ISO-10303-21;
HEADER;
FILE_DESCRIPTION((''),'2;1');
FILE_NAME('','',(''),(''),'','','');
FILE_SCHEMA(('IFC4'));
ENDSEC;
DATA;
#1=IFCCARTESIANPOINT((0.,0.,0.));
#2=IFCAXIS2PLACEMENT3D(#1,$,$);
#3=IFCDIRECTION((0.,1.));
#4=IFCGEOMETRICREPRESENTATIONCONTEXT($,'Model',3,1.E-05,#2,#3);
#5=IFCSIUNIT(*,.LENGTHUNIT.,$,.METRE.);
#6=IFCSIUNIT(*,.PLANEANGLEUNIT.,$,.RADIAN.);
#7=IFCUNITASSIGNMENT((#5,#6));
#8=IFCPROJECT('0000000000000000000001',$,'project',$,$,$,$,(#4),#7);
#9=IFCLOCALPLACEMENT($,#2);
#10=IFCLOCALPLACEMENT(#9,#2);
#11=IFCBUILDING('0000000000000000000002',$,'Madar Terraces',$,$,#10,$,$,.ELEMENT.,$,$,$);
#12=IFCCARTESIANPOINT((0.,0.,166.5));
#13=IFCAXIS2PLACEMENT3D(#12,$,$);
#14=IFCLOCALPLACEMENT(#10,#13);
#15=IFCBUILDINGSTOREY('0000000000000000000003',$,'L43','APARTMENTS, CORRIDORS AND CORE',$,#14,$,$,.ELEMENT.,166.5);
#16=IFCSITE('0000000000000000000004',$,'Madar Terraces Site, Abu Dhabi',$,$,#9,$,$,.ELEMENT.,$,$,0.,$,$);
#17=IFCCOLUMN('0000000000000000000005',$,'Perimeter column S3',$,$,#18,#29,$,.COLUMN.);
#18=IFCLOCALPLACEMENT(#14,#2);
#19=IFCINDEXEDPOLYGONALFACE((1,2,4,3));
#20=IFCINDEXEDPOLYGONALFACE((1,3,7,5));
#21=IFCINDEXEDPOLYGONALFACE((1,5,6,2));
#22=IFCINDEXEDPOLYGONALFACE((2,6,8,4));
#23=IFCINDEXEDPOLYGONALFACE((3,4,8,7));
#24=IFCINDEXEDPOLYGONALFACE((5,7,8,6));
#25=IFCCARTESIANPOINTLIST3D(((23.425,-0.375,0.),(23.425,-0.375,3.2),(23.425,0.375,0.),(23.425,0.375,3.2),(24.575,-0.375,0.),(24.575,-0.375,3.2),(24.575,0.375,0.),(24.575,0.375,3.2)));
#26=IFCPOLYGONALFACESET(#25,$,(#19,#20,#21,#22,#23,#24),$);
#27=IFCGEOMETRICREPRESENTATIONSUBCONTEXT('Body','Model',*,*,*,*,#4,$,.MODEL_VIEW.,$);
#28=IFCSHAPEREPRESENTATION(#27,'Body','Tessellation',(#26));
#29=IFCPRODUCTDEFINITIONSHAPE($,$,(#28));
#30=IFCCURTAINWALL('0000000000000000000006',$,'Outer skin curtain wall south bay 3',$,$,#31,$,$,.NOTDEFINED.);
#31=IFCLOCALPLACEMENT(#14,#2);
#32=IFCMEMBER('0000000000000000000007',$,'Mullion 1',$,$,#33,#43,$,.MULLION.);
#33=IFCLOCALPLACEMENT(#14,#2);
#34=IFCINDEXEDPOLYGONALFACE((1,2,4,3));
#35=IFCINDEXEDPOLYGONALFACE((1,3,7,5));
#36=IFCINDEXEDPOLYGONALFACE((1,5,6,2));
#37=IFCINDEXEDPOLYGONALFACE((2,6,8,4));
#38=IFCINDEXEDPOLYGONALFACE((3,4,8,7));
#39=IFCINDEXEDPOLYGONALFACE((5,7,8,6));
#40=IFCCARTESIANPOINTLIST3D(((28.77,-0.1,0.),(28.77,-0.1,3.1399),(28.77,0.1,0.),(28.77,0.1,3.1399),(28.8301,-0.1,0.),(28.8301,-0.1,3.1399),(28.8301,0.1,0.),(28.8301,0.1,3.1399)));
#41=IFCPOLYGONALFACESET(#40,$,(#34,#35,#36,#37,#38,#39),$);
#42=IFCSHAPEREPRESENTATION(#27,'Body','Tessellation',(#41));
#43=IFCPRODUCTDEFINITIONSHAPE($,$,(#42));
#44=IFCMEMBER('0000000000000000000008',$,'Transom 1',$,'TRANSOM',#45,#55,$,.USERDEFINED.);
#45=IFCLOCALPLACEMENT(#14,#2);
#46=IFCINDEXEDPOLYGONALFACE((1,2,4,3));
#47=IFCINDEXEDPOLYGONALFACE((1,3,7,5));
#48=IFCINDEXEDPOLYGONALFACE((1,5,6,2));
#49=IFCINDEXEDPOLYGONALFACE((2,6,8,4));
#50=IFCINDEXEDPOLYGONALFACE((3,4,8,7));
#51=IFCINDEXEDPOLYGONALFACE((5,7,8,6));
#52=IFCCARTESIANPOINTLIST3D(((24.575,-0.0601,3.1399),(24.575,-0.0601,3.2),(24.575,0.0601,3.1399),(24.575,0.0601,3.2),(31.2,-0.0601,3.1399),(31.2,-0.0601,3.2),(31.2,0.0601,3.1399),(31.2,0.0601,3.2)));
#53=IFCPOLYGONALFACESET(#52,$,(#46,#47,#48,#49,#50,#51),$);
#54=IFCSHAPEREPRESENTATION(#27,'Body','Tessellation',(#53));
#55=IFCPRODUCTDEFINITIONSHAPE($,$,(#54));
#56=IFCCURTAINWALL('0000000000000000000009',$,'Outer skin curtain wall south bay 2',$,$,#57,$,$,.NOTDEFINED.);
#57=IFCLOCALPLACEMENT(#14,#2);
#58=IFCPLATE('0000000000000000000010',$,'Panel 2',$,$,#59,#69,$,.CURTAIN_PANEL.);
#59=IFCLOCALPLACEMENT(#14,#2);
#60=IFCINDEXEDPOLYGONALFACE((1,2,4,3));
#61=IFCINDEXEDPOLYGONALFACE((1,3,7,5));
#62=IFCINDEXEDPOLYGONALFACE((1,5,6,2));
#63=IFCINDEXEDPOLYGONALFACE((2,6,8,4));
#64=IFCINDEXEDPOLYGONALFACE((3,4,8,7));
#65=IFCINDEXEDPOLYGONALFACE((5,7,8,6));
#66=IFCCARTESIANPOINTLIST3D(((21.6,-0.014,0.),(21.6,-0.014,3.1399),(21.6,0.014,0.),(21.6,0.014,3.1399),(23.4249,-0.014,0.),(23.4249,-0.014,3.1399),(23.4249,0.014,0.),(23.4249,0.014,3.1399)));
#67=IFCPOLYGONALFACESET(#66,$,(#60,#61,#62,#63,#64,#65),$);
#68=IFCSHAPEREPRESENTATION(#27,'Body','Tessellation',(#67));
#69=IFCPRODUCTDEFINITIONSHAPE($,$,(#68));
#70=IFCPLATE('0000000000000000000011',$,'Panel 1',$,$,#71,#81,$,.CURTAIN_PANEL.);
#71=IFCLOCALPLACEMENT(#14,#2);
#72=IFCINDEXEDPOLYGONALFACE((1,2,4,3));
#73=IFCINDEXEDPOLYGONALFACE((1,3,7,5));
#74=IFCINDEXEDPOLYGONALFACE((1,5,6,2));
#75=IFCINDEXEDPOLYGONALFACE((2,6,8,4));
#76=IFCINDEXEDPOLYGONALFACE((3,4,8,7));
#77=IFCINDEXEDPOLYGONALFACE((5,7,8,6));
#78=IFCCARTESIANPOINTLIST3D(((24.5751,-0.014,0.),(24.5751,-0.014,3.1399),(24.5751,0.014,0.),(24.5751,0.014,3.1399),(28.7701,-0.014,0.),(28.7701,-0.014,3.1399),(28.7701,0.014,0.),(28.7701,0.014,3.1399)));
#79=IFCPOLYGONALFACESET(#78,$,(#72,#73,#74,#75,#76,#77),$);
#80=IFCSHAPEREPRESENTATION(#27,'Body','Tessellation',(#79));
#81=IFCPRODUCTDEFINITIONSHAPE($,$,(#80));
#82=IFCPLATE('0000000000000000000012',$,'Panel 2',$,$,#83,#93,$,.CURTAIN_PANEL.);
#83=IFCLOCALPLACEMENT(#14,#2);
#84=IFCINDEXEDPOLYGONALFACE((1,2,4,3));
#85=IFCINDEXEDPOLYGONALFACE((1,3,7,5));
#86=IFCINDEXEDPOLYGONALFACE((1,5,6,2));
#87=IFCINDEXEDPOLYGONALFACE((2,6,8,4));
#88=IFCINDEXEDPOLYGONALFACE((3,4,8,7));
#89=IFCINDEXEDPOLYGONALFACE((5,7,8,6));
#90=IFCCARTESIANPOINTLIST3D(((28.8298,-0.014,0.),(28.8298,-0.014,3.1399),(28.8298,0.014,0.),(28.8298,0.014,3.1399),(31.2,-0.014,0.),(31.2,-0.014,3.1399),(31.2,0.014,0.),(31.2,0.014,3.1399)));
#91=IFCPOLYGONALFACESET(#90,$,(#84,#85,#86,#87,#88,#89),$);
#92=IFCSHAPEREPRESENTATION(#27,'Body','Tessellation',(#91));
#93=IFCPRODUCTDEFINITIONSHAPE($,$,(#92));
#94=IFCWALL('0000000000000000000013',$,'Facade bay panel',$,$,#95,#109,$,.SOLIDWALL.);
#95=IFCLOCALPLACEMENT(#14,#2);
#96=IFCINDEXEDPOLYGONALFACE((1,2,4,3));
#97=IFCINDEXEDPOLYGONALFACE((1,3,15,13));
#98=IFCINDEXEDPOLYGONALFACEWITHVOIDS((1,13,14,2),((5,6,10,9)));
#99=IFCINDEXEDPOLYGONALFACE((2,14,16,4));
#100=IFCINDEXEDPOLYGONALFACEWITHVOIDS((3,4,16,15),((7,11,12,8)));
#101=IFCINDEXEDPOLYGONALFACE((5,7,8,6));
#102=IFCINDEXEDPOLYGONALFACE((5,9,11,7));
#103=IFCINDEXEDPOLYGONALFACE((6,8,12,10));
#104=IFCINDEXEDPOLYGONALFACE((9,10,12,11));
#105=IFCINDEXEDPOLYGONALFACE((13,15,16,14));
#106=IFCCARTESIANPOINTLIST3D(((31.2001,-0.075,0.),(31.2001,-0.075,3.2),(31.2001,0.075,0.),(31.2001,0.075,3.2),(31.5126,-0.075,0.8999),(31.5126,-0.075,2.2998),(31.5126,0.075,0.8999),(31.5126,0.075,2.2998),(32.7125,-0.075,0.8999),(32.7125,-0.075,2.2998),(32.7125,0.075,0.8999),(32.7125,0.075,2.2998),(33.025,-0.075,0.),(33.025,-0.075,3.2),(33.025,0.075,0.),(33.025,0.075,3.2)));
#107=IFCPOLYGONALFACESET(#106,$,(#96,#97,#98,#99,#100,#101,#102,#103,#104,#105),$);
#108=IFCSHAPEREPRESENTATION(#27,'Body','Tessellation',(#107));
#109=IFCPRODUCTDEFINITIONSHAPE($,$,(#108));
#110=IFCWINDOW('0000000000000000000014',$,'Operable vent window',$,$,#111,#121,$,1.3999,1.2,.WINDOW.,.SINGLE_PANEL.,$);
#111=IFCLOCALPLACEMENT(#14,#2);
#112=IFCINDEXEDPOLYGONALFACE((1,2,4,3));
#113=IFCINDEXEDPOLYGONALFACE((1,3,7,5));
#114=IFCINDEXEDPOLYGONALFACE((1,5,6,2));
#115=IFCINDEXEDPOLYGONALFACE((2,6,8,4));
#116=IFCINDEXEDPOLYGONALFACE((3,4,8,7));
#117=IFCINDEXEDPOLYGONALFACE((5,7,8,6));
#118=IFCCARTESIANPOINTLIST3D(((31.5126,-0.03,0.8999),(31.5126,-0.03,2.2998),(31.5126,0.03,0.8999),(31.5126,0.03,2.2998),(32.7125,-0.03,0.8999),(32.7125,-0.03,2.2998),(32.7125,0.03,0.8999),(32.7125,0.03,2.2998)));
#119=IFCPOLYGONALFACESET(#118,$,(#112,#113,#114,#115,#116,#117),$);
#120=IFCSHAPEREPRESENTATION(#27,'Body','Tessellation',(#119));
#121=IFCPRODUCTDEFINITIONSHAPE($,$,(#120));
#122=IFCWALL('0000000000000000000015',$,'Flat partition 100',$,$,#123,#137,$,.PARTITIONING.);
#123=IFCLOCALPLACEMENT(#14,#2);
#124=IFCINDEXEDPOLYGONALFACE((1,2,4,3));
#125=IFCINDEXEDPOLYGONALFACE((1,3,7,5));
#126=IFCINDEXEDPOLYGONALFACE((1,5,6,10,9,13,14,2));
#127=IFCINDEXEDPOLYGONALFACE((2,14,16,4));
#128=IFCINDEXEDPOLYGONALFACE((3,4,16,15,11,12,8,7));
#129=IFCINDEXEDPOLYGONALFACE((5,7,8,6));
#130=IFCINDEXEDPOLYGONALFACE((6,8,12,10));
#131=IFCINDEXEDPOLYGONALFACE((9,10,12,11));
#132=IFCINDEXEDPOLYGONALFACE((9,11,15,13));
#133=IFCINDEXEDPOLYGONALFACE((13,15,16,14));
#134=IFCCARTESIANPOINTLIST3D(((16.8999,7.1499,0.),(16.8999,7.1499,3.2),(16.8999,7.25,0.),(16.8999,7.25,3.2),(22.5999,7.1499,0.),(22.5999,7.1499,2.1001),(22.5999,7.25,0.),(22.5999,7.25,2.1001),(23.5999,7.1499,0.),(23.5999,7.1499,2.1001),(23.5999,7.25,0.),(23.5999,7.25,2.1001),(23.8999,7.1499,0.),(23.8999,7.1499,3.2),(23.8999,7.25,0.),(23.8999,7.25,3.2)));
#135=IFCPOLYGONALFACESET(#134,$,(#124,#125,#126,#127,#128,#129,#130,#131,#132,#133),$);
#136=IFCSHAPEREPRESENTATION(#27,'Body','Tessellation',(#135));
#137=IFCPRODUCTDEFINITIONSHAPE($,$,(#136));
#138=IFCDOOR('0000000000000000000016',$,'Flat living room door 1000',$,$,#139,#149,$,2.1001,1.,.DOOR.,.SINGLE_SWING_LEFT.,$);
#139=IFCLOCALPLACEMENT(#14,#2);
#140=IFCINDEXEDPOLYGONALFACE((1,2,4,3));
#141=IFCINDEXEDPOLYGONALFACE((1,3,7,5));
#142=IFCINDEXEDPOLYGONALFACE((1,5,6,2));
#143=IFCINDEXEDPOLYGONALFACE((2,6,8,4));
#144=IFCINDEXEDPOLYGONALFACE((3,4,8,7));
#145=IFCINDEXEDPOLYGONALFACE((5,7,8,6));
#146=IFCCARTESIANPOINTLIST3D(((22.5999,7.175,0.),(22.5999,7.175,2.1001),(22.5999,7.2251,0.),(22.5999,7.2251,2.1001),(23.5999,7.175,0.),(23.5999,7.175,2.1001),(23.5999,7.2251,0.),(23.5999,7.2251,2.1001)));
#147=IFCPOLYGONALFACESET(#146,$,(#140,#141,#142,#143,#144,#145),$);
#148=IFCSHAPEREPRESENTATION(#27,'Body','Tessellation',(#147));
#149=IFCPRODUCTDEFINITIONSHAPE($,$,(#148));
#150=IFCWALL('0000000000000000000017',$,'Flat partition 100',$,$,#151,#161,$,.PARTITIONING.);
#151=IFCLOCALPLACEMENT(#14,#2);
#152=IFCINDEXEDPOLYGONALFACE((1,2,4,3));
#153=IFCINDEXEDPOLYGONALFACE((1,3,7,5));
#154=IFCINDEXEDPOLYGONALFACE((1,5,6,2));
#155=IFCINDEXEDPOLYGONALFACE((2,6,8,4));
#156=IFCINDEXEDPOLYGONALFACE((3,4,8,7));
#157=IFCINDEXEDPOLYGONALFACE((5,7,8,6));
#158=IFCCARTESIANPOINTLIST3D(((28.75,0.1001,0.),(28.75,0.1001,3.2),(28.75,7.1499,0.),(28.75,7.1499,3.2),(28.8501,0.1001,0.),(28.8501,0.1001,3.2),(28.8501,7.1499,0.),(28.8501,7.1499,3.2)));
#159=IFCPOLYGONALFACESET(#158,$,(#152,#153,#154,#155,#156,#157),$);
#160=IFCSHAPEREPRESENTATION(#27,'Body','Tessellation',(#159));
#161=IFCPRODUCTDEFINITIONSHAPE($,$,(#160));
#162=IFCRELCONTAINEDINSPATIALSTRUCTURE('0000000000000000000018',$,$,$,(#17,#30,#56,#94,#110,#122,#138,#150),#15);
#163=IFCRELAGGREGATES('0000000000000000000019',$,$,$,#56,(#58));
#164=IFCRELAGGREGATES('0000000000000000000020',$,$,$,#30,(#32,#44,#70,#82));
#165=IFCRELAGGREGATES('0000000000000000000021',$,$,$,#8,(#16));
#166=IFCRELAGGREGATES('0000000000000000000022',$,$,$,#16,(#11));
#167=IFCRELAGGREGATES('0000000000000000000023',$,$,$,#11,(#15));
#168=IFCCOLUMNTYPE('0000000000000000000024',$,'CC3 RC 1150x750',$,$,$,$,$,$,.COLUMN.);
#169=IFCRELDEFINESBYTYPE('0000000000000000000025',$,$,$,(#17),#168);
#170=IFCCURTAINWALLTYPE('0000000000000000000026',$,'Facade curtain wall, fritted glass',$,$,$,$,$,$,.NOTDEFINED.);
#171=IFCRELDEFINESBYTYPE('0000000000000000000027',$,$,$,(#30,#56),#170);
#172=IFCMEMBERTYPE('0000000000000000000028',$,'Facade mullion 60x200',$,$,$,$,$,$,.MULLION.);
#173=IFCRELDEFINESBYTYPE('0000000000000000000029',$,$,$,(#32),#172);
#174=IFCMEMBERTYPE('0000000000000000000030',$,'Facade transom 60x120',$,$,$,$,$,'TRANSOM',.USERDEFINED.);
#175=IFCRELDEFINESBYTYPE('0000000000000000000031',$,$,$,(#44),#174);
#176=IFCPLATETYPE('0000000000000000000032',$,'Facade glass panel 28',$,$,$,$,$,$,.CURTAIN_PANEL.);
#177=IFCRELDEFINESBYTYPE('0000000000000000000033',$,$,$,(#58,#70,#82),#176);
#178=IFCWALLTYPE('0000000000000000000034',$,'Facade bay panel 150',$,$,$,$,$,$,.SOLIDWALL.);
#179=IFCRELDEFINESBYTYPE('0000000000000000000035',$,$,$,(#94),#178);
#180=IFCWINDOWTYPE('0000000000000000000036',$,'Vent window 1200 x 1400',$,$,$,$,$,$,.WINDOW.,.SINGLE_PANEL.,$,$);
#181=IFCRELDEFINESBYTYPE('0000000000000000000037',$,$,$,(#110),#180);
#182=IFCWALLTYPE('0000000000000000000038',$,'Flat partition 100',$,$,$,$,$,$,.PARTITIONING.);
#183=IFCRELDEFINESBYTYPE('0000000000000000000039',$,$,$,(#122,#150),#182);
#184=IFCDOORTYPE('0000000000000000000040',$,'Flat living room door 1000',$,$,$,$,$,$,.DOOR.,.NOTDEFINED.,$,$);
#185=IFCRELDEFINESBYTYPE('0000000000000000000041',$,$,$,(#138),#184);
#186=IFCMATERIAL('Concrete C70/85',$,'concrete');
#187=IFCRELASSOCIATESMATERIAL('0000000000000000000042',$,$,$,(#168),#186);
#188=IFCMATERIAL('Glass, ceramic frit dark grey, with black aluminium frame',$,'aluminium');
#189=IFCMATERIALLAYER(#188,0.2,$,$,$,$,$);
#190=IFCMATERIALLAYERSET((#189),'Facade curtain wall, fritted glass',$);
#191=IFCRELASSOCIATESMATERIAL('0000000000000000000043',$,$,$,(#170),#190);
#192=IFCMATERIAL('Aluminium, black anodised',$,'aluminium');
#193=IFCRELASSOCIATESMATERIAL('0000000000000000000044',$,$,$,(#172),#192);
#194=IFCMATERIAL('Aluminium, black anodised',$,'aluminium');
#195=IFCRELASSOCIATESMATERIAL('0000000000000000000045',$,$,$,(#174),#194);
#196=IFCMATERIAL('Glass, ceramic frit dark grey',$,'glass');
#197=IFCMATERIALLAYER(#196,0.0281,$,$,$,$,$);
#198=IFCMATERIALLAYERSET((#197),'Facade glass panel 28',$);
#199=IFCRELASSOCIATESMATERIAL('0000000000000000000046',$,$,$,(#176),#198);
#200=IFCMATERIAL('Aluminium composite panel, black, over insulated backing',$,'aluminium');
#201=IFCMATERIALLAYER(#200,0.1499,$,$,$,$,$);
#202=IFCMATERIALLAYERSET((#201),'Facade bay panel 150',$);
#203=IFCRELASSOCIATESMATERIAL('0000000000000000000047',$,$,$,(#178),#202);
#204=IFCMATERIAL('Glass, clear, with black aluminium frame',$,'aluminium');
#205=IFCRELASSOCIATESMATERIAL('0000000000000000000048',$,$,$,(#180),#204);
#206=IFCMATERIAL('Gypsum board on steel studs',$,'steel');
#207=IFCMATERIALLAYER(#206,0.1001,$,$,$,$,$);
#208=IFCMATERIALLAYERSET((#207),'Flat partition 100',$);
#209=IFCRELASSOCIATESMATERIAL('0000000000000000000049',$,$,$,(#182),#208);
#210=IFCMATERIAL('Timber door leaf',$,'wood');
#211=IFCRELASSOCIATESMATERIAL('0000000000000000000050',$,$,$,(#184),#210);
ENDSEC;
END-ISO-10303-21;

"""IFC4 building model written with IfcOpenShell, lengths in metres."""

from ifc_helpers import new_model, si_unit, direction, frame, frame_2d, origin, origin_2d, place, context, subcontext, project, spatial, rectangle, extrude, material, layer, layer_set, material_profile, profile_set, type_object, element, fill, aggregate, save


model = new_model("IFC4")

# Units and contexts
model_context = context("Model", 3, precision=1e-05, world=origin(), true_north=direction((0.0, 1.0)))
body_context = subcontext(model_context, "Body", "Model", "MODEL_VIEW")
ifc_project = project(units=[si_unit("LENGTHUNIT", "METRE"), si_unit("PLANEANGLEUNIT", "RADIAN")], contexts=[model_context])

# Site, building, storey
site_placement = place(None, origin())
site = spatial("IfcSite", under=ifc_project, at=site_placement, Name="Madar Terraces Site, Abu Dhabi", CompositionType="ELEMENT", RefElevation=0.0)
building_placement = place(site_placement, origin())
building = spatial("IfcBuilding", under=site, at=building_placement, Name="Madar Terraces", CompositionType="ELEMENT")
storey_placement = place(building_placement, frame((0.0, 0.0, 166.5)))
storey = spatial("IfcBuildingStorey", under=building, at=storey_placement, Name="L43", Description="APARTMENTS, CORRIDORS AND CORE", CompositionType="ELEMENT", Elevation=166.5)

# Column
ifc_material_1 = material(Name="Concrete C70/85", Category="concrete")
ifc_material_profile_1 = material_profile(ifc_material_1, rectangle(XDim=1.1499, YDim=0.75, at=origin_2d()), Name="CC3 RC 1150x750")
ifc_profile_set_1 = profile_set([ifc_material_profile_1], Name="Concrete C70/85")
column_type = type_object("IfcColumnType", Name="CC3 RC 1150x750", PredefinedType="COLUMN", material=ifc_profile_set_1)
column_placement = place(storey_placement, frame((24.0, 0.0, 0.0), z_axis=(0.0, 0.0, 1.0), x_axis=(1.0, 0.0, 0.0)))
element("IfcColumn", 1, at=column_placement, inside=storey, type_object=column_type, Name="Perimeter column S3", PredefinedType="COLUMN", context=body_context, shape_type="SweptSolid", body=[
    extrude(rectangle(XDim=1.1499, YDim=0.75, at=origin_2d()), origin(), (0.0, 0.0, 1.0), 3.2),
])

# Curtain wall, members
ifc_material_2 = material(Name="Glass, ceramic frit dark grey, with black aluminium frame", Category="aluminium")
ifc_layer_1 = layer(ifc_material_2, 0.2)
ifc_layer_set_1 = layer_set([ifc_layer_1], Name="Facade curtain wall, fritted glass")
curtain_wall_type = type_object("IfcCurtainWallType", Name="Facade curtain wall, fritted glass", PredefinedType="NOTDEFINED", material=ifc_layer_set_1)
curtain_wall_1_placement = place(storey_placement, origin())
curtain_wall_1 = element("IfcCurtainWall", 2, at=curtain_wall_1_placement, inside=storey, type_object=curtain_wall_type, Name="Outer skin curtain wall south bay 3", PredefinedType="NOTDEFINED")
ifc_material_3 = material(Name="Aluminium, black anodised", Category="aluminium")
ifc_material_profile_2 = material_profile(ifc_material_3, rectangle(XDim=0.2, YDim=0.0601, at=origin_2d()), Name="Facade mullion 60x200")
ifc_profile_set_2 = profile_set([ifc_material_profile_2], Name="Aluminium, black anodised")
member_type_1 = type_object("IfcMemberType", Name="Facade mullion 60x200", PredefinedType="MULLION", material=ifc_profile_set_2)
member_1_placement = place(storey_placement, frame((28.8, 0.0, 0.0), z_axis=(0.0, 0.0, 1.0), x_axis=(0.0, 1.0, 0.0)))
member_1 = element("IfcMember", 3, at=member_1_placement, type_object=member_type_1, Name="Mullion 1", PredefinedType="MULLION", context=body_context, shape_type="SweptSolid", body=[
    extrude(rectangle(XDim=0.2, YDim=0.0601, at=origin_2d()), origin(), (0.0, 0.0, 1.0), 3.1399),
])
ifc_material_4 = material(Name="Aluminium, black anodised", Category="aluminium")
ifc_material_profile_3 = material_profile(ifc_material_4, rectangle(XDim=0.1201, YDim=0.0601, at=origin_2d()), Name="Facade transom 60x120")
ifc_profile_set_3 = profile_set([ifc_material_profile_3], Name="Aluminium, black anodised")
member_type_2 = type_object("IfcMemberType", Name="Facade transom 60x120", ElementType="TRANSOM", PredefinedType="USERDEFINED", material=ifc_profile_set_3)
member_2_placement = place(storey_placement, frame((24.575, 0.0, 3.1699), z_axis=(1.0, 0.0, 0.0), x_axis=(0.0, 1.0, 0.0)))
member_2 = element("IfcMember", 4, at=member_2_placement, type_object=member_type_2, Name="Transom 1", ObjectType="TRANSOM", PredefinedType="USERDEFINED", context=body_context, shape_type="SweptSolid", body=[
    extrude(rectangle(XDim=0.1201, YDim=0.0601, at=origin_2d()), origin(), (0.0, 0.0, 1.0), 6.625),
])

# Curtain wall, plate
curtain_wall_2_placement = place(storey_placement, origin())
curtain_wall_2 = element("IfcCurtainWall", 5, at=curtain_wall_2_placement, inside=storey, type_object=curtain_wall_type, Name="Outer skin curtain wall south bay 2", PredefinedType="NOTDEFINED")
ifc_material_5 = material(Name="Glass, ceramic frit dark grey", Category="glass")
ifc_layer_2 = layer(ifc_material_5, 0.0281)
ifc_layer_set_2 = layer_set([ifc_layer_2], Name="Facade glass panel 28")
plate_type = type_object("IfcPlateType", Name="Facade glass panel 28", PredefinedType="CURTAIN_PANEL", material=ifc_layer_set_2)
plate_1_placement = place(storey_placement, frame((22.5125, 0.0, 0.0), z_axis=(0.0, 0.0, 1.0), x_axis=(1.0, 0.0, 0.0)))
plate_1 = element("IfcPlate", 6, at=plate_1_placement, type_object=plate_type, Name="Panel 2", PredefinedType="CURTAIN_PANEL", context=body_context, shape_type="SweptSolid", body=[
    extrude(rectangle(XDim=1.825, YDim=0.0281, at=origin_2d()), origin(), (0.0, 0.0, 1.0), 3.1399),
])
aggregate(curtain_wall_2, [plate_1])

# Plates
plate_2_placement = place(storey_placement, frame((26.6726, 0.0, 0.0), z_axis=(0.0, 0.0, 1.0), x_axis=(1.0, 0.0, 0.0)))
plate_2 = element("IfcPlate", 7, at=plate_2_placement, type_object=plate_type, Name="Panel 1", PredefinedType="CURTAIN_PANEL", context=body_context, shape_type="SweptSolid", body=[
    extrude(rectangle(XDim=4.1951, YDim=0.0281, at=origin_2d()), origin(), (0.0, 0.0, 1.0), 3.1399),
])
plate_3_placement = place(storey_placement, frame((30.0149, 0.0, 0.0), z_axis=(0.0, 0.0, 1.0), x_axis=(1.0, 0.0, 0.0)))
plate_3 = element("IfcPlate", 8, at=plate_3_placement, type_object=plate_type, Name="Panel 2", PredefinedType="CURTAIN_PANEL", context=body_context, shape_type="SweptSolid", body=[
    extrude(rectangle(XDim=2.3701, YDim=0.0281, at=origin_2d()), origin(), (0.0, 0.0, 1.0), 3.1399),
])
aggregate(curtain_wall_1, [member_1, member_2, plate_2, plate_3])

# Wall, opening, window
ifc_material_6 = material(Name="Aluminium composite panel, black, over insulated backing", Category="aluminium")
ifc_layer_3 = layer(ifc_material_6, 0.1499)
ifc_layer_set_3 = layer_set([ifc_layer_3], Name="Facade bay panel 150")
wall_type_1 = type_object("IfcWallType", Name="Facade bay panel 150", PredefinedType="SOLIDWALL", material=ifc_layer_set_3)
wall_1_placement = place(storey_placement, frame((31.2, 0.0, 0.0), z_axis=(0.0, 0.0, 1.0), x_axis=(1.0, 0.0, 0.0)))
wall_1 = element("IfcWall", 9, at=wall_1_placement, inside=storey, type_object=wall_type_1, Name="Facade bay panel", PredefinedType="SOLIDWALL", context=body_context, shape_type="SweptSolid", body=[
    extrude(rectangle(XDim=1.825, YDim=0.1499, at=frame_2d((0.9126, 0.0))), origin(), (0.0, 0.0, 1.0), 3.2),
])
opening_1_placement = place(wall_1_placement, frame((0.3125, 0.0, 0.8999)))
opening_1 = element("IfcOpeningElement", 10, at=opening_1_placement, cuts=wall_1, PredefinedType="OPENING", context=body_context, shape_type="SweptSolid", body=[
    extrude(rectangle(XDim=1.2, YDim=1.3999, at=frame_2d((0.6001, 0.7))), frame((0.0, 0.085, 0.0), z_axis=(0.0, -1.0, 0.0), x_axis=(1.0, 0.0, 0.0)), (0.0, 0.0, 1.0), 0.1699),
])
ifc_material_7 = material(Name="Glass, clear, with black aluminium frame", Category="aluminium")
window_type = type_object("IfcWindowType", Name="Vent window 1200 x 1400", PartitioningType="SINGLE_PANEL", PredefinedType="WINDOW", material=ifc_material_7)
window_placement = place(opening_1_placement, origin())
window = element("IfcWindow", 11, at=window_placement, inside=storey, type_object=window_type, Name="Operable vent window", OverallHeight=1.3999, OverallWidth=1.2, PartitioningType="SINGLE_PANEL", PredefinedType="WINDOW", context=body_context, shape_type="SweptSolid", body=[
    extrude(rectangle(XDim=1.2, YDim=1.3999, at=frame_2d((0.6001, 0.7))), frame((0.0, 0.03, 0.0), z_axis=(0.0, -1.0, 0.0), x_axis=(1.0, 0.0, 0.0)), (0.0, 0.0, 1.0), 0.0601),
])
fill(opening_1, window)

# Wall, opening, door
ifc_material_8 = material(Name="Gypsum board on steel studs", Category="steel")
ifc_layer_4 = layer(ifc_material_8, 0.1001)
ifc_layer_set_4 = layer_set([ifc_layer_4], Name="Flat partition 100")
wall_type_2 = type_object("IfcWallType", Name="Flat partition 100", PredefinedType="PARTITIONING", material=ifc_layer_set_4)
wall_2_placement = place(storey_placement, frame((23.8999, 7.2, 0.0), z_axis=(0.0, 0.0, 1.0), x_axis=(-1.0, 0.0, 0.0)))
wall_2 = element("IfcWall", 12, at=wall_2_placement, inside=storey, type_object=wall_type_2, Name="Flat partition 100", PredefinedType="PARTITIONING", context=body_context, shape_type="SweptSolid", body=[
    extrude(rectangle(XDim=7.0, YDim=0.1001, at=frame_2d((3.5, 0.0))), origin(), (0.0, 0.0, 1.0), 3.2),
])
opening_2_placement = place(wall_2_placement, frame((0.3, 0.0, 0.0)))
opening_2 = element("IfcOpeningElement", 13, at=opening_2_placement, cuts=wall_2, PredefinedType="OPENING", context=body_context, shape_type="SweptSolid", body=[
    extrude(rectangle(XDim=1.0, YDim=2.1001, at=frame_2d((0.5, 1.05))), frame((0.0, 0.0601, 0.0), z_axis=(0.0, -1.0, 0.0), x_axis=(1.0, 0.0, 0.0)), (0.0, 0.0, 1.0), 0.1201),
])
ifc_material_9 = material(Name="Timber door leaf", Category="wood")
door_type_1 = type_object("IfcDoorType", Name="Flat living room door 1000", OperationType="NOTDEFINED", PredefinedType="DOOR", material=ifc_material_9)
door_1_placement = place(opening_2_placement, origin())
door_1 = element("IfcDoor", 14, at=door_1_placement, inside=storey, type_object=door_type_1, Name="Flat living room door 1000", OperationType="SINGLE_SWING_LEFT", OverallHeight=2.1001, OverallWidth=1.0, PredefinedType="DOOR", context=body_context, shape_type="SweptSolid", body=[
    extrude(rectangle(XDim=1.0, YDim=2.1001, at=frame_2d((0.5, 1.05))), frame((0.0, 0.0249, 0.0), z_axis=(0.0, -1.0, 0.0), x_axis=(1.0, 0.0, 0.0)), (0.0, 0.0, 1.0), 0.05),
])
fill(opening_2, door_1)

# Wall
wall_3_placement = place(storey_placement, frame((28.8, 7.1499, 0.0), z_axis=(0.0, 0.0, 1.0), x_axis=(0.0, -1.0, 0.0)))
element("IfcWall", 15, at=wall_3_placement, inside=storey, type_object=wall_type_2, Name="Flat partition 100", PredefinedType="PARTITIONING", context=body_context, shape_type="SweptSolid", body=[
    extrude(rectangle(XDim=7.0498, YDim=0.1001, at=frame_2d((3.5249, 0.0))), origin(), (0.0, 0.0, 1.0), 3.2),
])

save(model, "model.ifc")
